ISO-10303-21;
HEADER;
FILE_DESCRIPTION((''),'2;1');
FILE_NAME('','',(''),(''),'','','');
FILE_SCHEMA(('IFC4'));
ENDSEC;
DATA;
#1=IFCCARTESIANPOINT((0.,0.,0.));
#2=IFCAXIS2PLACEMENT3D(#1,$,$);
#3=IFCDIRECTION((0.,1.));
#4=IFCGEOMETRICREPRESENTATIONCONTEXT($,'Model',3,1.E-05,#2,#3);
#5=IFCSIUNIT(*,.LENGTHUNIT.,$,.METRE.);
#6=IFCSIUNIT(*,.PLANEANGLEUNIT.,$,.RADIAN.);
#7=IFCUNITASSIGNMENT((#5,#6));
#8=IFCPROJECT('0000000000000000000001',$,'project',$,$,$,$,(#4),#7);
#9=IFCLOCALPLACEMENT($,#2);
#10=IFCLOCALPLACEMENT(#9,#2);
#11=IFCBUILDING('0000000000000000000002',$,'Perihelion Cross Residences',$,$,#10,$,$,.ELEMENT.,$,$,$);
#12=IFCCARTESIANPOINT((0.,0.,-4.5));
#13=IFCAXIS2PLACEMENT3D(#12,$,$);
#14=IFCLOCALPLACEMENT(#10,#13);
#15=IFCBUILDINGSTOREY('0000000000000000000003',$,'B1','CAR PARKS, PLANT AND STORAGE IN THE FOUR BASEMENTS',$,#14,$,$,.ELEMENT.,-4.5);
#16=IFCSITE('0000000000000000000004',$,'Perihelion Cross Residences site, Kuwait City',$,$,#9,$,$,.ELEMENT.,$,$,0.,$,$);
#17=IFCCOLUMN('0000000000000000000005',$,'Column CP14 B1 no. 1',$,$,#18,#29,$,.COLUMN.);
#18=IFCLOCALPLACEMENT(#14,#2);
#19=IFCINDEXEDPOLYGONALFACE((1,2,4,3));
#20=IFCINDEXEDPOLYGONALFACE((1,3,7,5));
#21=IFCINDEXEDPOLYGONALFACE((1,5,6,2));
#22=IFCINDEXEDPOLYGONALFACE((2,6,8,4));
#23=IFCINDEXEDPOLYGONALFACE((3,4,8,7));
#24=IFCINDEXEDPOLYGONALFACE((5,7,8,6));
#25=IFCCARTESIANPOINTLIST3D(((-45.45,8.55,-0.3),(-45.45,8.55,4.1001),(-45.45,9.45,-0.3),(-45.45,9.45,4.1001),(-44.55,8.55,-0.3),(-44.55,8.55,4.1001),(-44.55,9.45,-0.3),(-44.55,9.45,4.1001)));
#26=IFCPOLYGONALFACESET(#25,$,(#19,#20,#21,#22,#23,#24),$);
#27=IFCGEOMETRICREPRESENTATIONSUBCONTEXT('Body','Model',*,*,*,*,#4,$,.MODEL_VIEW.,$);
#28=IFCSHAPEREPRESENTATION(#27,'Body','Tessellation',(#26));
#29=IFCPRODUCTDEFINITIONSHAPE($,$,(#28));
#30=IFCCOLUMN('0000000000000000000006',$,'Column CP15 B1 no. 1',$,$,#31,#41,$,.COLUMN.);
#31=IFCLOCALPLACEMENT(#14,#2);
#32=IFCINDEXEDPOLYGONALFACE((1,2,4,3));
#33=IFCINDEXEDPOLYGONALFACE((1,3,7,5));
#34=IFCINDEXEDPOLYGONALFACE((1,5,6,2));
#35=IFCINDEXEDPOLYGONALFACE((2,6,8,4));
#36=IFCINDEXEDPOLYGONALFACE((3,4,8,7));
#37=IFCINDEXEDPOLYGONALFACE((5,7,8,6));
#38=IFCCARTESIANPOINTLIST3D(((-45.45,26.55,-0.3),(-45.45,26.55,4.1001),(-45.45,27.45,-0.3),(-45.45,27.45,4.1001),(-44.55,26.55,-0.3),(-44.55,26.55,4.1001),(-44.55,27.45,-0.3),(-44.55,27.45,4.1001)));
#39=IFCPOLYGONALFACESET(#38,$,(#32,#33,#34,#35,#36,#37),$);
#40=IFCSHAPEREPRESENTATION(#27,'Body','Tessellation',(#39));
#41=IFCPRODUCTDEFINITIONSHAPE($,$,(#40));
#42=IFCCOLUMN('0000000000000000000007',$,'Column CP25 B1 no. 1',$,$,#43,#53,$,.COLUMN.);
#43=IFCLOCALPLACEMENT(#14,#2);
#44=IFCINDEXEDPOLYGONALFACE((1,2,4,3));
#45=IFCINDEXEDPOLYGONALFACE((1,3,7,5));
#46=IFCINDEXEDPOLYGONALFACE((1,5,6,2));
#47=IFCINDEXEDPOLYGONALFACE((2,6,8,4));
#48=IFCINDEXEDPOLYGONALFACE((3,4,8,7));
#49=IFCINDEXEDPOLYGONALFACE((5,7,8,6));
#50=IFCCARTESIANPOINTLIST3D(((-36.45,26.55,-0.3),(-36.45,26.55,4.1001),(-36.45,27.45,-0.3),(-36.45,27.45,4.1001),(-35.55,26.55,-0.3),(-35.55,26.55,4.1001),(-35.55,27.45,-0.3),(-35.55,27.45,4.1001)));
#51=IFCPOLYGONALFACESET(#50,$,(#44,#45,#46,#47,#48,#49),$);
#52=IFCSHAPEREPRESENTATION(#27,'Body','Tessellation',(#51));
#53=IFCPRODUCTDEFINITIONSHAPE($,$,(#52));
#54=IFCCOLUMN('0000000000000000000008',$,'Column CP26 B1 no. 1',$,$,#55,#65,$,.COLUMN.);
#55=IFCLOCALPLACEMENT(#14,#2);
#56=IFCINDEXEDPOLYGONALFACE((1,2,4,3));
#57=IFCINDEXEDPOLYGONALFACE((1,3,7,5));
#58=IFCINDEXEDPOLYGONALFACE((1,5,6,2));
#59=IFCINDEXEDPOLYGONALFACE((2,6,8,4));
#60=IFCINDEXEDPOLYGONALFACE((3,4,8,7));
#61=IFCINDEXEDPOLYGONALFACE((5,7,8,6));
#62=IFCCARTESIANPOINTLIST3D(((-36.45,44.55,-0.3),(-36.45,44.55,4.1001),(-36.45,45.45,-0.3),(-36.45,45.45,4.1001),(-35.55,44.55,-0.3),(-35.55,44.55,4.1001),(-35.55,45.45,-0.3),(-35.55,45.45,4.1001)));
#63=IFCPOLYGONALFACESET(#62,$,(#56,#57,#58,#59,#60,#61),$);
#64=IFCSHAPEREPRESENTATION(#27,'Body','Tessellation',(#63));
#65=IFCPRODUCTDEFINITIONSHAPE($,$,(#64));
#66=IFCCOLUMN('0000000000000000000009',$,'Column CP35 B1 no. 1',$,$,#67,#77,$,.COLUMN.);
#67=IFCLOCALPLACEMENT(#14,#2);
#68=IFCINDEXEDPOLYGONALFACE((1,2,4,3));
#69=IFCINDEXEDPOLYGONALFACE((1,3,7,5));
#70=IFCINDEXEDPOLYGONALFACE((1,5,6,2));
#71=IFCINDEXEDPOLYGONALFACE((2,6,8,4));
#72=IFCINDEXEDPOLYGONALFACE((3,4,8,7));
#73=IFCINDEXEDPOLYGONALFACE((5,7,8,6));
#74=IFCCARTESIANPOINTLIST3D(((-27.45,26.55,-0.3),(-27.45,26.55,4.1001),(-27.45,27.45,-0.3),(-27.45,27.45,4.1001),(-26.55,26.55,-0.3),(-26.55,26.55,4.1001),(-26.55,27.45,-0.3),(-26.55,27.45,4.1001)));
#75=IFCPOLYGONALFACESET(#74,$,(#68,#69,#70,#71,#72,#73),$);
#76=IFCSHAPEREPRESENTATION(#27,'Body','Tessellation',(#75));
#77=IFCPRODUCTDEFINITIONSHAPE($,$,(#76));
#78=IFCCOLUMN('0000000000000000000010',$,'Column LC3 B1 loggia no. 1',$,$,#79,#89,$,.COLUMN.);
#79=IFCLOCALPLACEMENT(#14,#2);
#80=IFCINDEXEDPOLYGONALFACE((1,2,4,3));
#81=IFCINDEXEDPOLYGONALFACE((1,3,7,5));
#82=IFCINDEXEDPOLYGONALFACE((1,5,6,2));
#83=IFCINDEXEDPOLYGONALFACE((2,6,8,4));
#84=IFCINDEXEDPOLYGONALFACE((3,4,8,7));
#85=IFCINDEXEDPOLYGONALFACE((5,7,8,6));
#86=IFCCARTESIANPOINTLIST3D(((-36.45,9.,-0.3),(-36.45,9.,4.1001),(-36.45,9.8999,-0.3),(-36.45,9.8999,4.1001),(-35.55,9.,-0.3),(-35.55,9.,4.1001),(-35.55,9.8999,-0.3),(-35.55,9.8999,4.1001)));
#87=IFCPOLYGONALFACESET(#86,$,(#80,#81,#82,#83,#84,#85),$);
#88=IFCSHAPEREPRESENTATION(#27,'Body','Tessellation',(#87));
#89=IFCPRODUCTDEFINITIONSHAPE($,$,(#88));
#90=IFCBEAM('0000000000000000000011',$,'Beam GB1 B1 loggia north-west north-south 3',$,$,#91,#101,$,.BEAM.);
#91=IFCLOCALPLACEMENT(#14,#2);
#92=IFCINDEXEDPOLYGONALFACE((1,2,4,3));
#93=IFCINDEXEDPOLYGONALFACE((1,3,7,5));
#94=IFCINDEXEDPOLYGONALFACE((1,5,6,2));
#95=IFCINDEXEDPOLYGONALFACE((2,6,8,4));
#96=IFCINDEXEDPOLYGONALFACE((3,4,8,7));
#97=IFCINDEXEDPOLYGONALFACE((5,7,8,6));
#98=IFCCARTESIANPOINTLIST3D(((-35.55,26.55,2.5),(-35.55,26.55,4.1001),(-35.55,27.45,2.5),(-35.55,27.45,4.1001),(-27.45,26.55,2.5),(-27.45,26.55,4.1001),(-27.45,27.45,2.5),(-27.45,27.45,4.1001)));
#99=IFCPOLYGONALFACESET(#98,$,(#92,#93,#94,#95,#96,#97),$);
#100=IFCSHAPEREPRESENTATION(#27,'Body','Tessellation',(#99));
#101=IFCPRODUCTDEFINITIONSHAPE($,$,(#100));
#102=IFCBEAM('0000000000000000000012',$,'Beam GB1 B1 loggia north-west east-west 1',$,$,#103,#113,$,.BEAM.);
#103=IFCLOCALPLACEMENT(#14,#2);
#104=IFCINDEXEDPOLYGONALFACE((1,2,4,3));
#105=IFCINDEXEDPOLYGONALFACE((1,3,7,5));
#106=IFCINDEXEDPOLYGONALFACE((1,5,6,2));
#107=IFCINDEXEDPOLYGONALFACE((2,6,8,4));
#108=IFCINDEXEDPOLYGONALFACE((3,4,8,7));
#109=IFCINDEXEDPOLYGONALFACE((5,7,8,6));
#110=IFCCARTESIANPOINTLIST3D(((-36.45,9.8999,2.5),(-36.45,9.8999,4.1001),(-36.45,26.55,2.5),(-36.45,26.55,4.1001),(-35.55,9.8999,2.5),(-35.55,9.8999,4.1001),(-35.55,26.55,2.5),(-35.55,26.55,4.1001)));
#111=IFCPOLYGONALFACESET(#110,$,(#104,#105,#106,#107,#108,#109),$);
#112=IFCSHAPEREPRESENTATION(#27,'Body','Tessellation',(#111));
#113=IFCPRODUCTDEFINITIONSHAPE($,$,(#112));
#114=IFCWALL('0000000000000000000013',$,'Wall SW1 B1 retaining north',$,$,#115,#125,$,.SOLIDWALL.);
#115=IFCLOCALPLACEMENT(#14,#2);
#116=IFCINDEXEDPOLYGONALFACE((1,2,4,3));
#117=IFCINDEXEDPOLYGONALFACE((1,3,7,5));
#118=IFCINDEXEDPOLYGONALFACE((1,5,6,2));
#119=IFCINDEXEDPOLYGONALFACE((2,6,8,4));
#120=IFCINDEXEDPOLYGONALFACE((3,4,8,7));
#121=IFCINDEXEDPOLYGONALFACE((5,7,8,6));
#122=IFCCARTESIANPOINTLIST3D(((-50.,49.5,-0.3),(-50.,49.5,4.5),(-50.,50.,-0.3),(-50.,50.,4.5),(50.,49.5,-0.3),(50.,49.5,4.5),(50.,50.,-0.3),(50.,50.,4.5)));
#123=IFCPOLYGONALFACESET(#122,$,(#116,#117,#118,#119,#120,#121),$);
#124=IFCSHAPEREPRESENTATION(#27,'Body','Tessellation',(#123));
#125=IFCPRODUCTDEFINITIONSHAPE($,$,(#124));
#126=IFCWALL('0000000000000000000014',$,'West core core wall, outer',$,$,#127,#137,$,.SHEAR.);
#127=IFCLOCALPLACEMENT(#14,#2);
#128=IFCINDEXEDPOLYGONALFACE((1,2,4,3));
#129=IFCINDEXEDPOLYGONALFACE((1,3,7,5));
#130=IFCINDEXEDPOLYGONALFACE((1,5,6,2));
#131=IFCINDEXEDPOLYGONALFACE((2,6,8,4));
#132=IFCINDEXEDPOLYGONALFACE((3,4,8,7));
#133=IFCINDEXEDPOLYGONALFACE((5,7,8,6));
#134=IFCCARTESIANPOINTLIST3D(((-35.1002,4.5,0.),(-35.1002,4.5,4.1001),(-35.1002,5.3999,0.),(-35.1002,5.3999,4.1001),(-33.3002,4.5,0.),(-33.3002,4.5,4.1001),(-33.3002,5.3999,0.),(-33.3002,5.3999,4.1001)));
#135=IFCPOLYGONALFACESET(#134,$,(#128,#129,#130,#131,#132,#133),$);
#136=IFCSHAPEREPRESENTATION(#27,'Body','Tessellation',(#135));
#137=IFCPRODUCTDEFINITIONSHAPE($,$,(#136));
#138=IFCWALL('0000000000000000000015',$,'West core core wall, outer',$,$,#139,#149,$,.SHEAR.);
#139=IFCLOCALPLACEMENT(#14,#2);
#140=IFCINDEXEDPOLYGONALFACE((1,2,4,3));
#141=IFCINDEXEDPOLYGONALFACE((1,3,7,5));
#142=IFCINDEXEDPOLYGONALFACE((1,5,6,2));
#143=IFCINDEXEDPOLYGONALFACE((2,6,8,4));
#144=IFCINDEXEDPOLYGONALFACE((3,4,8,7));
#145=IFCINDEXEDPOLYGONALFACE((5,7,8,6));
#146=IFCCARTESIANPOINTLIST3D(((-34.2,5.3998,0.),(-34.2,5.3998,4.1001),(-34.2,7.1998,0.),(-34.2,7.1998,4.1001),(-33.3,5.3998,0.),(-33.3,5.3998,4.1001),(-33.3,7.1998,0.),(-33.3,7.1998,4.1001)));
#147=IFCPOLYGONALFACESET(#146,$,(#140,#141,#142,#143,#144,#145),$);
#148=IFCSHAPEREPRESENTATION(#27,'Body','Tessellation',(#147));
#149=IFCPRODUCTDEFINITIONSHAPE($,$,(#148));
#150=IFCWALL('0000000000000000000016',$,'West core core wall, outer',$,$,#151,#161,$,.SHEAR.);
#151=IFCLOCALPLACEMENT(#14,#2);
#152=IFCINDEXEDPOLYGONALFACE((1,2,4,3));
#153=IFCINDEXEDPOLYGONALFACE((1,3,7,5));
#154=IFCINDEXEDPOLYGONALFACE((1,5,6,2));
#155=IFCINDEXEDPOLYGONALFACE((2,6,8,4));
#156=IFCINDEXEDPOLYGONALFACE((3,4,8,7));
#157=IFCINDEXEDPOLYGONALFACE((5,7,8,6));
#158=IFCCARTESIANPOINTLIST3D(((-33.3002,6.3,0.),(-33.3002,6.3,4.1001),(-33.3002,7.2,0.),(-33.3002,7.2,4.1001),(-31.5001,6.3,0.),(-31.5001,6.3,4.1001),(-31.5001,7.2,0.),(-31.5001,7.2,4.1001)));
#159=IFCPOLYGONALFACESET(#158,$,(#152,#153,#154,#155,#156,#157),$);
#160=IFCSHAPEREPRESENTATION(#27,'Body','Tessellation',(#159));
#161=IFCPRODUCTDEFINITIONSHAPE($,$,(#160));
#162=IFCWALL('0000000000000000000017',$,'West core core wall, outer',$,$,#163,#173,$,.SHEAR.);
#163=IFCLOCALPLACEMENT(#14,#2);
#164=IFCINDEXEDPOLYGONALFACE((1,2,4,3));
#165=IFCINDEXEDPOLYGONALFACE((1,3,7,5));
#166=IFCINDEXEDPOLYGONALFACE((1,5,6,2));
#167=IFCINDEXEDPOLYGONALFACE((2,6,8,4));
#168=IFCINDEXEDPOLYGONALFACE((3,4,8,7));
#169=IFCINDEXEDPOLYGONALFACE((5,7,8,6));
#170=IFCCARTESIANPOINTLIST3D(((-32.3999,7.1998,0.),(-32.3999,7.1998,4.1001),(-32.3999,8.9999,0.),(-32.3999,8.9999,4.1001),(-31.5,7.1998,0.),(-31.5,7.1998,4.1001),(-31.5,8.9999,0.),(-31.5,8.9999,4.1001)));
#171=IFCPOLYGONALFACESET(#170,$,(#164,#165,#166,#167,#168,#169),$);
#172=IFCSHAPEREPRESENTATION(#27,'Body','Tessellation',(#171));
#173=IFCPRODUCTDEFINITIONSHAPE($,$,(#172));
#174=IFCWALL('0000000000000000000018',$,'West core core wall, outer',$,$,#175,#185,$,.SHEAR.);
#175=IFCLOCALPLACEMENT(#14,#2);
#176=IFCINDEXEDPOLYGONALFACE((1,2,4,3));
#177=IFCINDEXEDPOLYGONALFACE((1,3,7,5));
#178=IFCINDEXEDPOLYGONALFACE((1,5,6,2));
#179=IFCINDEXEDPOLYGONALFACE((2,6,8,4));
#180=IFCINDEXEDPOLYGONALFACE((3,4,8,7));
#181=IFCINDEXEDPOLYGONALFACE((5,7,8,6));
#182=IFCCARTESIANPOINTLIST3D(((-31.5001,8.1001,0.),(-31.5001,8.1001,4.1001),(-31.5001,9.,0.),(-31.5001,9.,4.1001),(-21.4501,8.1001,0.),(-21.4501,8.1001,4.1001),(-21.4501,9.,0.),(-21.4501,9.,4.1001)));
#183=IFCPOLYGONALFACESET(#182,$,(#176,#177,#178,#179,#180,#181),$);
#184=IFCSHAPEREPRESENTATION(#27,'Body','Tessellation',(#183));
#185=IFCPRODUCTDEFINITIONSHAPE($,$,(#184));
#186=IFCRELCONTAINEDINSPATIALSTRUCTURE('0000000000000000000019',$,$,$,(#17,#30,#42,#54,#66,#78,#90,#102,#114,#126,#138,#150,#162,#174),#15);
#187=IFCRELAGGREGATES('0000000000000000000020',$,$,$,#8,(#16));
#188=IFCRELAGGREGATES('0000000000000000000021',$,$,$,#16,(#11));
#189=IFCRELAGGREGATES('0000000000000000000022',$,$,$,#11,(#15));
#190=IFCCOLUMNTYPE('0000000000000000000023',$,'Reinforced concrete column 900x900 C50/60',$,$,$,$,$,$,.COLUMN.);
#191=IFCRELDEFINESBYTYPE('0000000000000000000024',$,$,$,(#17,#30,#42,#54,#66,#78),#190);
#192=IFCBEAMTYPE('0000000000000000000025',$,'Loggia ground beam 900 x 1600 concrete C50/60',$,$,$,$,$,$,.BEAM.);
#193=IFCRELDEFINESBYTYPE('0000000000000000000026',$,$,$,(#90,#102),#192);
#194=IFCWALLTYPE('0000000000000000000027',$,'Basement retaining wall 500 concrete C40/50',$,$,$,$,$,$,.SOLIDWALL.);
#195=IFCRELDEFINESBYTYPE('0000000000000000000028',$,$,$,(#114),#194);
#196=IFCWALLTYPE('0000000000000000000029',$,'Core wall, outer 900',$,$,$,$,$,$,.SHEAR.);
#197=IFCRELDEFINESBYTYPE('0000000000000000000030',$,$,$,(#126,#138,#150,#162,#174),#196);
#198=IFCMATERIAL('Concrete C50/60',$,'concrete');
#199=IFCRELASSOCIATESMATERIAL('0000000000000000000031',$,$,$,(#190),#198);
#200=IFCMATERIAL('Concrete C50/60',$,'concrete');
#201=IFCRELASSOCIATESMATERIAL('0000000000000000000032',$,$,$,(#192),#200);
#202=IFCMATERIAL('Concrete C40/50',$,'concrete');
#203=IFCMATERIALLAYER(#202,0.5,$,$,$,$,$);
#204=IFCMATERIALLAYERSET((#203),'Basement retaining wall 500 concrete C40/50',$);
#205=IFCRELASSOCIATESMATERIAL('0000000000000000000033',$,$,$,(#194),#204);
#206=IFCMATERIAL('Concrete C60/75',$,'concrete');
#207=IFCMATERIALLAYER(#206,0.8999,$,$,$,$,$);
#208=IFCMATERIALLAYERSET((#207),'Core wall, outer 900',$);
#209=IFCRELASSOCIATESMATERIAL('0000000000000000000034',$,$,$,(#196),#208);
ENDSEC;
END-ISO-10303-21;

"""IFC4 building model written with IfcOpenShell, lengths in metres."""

from ifc_helpers import new_model, si_unit, direction, frame, frame_2d, origin, origin_2d, place, context, subcontext, project, spatial, rectangle, extrude, material, layer, layer_set, material_profile, profile_set, type_object, element, save


model = new_model("IFC4")

# Units and contexts
model_context = context("Model", 3, precision=1e-05, world=origin(), true_north=direction((0.0, 1.0)))
body_context = subcontext(model_context, "Body", "Model", "MODEL_VIEW")
ifc_project = project(units=[si_unit("LENGTHUNIT", "METRE"), si_unit("PLANEANGLEUNIT", "RADIAN")], contexts=[model_context])

# Site, building, storey
site_placement = place(None, origin())
site = spatial("IfcSite", under=ifc_project, at=site_placement, Name="Perihelion Cross Residences site, Kuwait City", CompositionType="ELEMENT", RefElevation=0.0)
building_placement = place(site_placement, origin())
building = spatial("IfcBuilding", under=site, at=building_placement, Name="Perihelion Cross Residences", CompositionType="ELEMENT")
storey_placement = place(building_placement, frame((0.0, 0.0, -4.5)))
storey = spatial("IfcBuildingStorey", under=building, at=storey_placement, Name="B1", Description="CAR PARKS, PLANT AND STORAGE IN THE FOUR BASEMENTS", CompositionType="ELEMENT", Elevation=-4.5)

# Columns
ifc_material_1 = material(Name="Concrete C50/60", Category="concrete")
ifc_material_profile_1 = material_profile(ifc_material_1, rectangle(XDim=0.8999, YDim=0.8999, at=origin_2d()), Name="RC 900x900")
ifc_profile_set_1 = profile_set([ifc_material_profile_1], Name="Concrete C50/60")
column_type = type_object("IfcColumnType", Name="Reinforced concrete column 900x900 C50/60", PredefinedType="COLUMN", material=ifc_profile_set_1)
for number, where, z_axis, x_axis, name in (
    (1, (-45.0, 9.0, -0.3), (0.0, 0.0, 1.0), (1.0, 0.0, 0.0), "Column CP14 B1 no. 1"),
    (2, (-45.0, 27.0, -0.3), (0.0, 0.0, 1.0), (1.0, 0.0, 0.0), "Column CP15 B1 no. 1"),
    (3, (-36.0, 27.0, -0.3), (0.0, 0.0, 1.0), (1.0, 0.0, 0.0), "Column CP25 B1 no. 1"),
    (4, (-36.0, 45.0, -0.3), (0.0, 0.0, 1.0), (1.0, 0.0, 0.0), "Column CP26 B1 no. 1"),
    (5, (-27.0, 27.0, -0.3), (0.0, 0.0, 1.0), (1.0, 0.0, 0.0), "Column CP35 B1 no. 1"),
    (6, (-36.0, 9.45, -0.3), (0.0, 0.0, 1.0), (1.0, 0.0, 0.0), "Column LC3 B1 loggia no. 1"),
):
    element("IfcColumn", number, at=place(storey_placement, frame(where, z_axis=z_axis, x_axis=x_axis)), inside=storey, type_object=column_type, Name=name, PredefinedType="COLUMN", context=body_context, shape_type="SweptSolid", body=[
        extrude(rectangle(XDim=0.8999, YDim=0.8999, at=origin_2d()), origin(), (0.0, 0.0, 1.0), 4.4001),
    ])

# Beams
ifc_material_2 = material(Name="Concrete C50/60", Category="concrete")
ifc_material_profile_2 = material_profile(ifc_material_2, rectangle(XDim=0.8999, YDim=1.6001, at=origin_2d()), Name="RC 900x1600")
ifc_profile_set_2 = profile_set([ifc_material_profile_2], Name="Concrete C50/60")
beam_type = type_object("IfcBeamType", Name="Loggia ground beam 900 x 1600 concrete C50/60", PredefinedType="BEAM", material=ifc_profile_set_2)
beam_1_placement = place(storey_placement, frame((-27.45, 27.0, 3.3), z_axis=(-1.0, 0.0, 0.0), x_axis=(0.0, -1.0, 0.0)))
element("IfcBeam", 7, at=beam_1_placement, inside=storey, type_object=beam_type, Name="Beam GB1 B1 loggia north-west north-south 3", PredefinedType="BEAM", context=body_context, shape_type="SweptSolid", body=[
    extrude(rectangle(XDim=0.8999, YDim=1.6001, at=origin_2d()), origin(), (0.0, 0.0, 1.0), 8.1001),
])
beam_2_placement = place(storey_placement, frame((-36.0, 9.8999, 3.3), z_axis=(0.0, 1.0, 0.0), x_axis=(-1.0, 0.0, 0.0)))
element("IfcBeam", 8, at=beam_2_placement, inside=storey, type_object=beam_type, Name="Beam GB1 B1 loggia north-west east-west 1", PredefinedType="BEAM", context=body_context, shape_type="SweptSolid", body=[
    extrude(rectangle(XDim=0.8999, YDim=1.6001, at=origin_2d()), origin(), (0.0, 0.0, 1.0), 16.6501),
])

# Walls
ifc_material_3 = material(Name="Concrete C40/50", Category="concrete")
ifc_layer_1 = layer(ifc_material_3, 0.5)
ifc_layer_set_1 = layer_set([ifc_layer_1], Name="Basement retaining wall 500 concrete C40/50")
wall_type_1 = type_object("IfcWallType", Name="Basement retaining wall 500 concrete C40/50", PredefinedType="SOLIDWALL", material=ifc_layer_set_1)
wall_1_placement = place(storey_placement, frame((-50.0, 49.75, -0.3), z_axis=(0.0, 0.0, 1.0), x_axis=(1.0, 0.0, 0.0)))
element("IfcWall", 9, at=wall_1_placement, inside=storey, type_object=wall_type_1, Name="Wall SW1 B1 retaining north", PredefinedType="SOLIDWALL", context=body_context, shape_type="SweptSolid", body=[
    extrude(rectangle(XDim=100.0, YDim=0.5, at=frame_2d((50.0, 0.0))), origin(), (0.0, 0.0, 1.0), 4.8),
])
ifc_material_4 = material(Name="Concrete C60/75", Category="concrete")
ifc_layer_2 = layer(ifc_material_4, 0.8999)
ifc_layer_set_2 = layer_set([ifc_layer_2], Name="Core wall, outer 900")
wall_type_2 = type_object("IfcWallType", Name="Core wall, outer 900", PredefinedType="SHEAR", material=ifc_layer_set_2)
for number, where, z_axis, x_axis, name in (
    (10, (-35.1001, 4.95, 0.0), (0.0, 0.0, 1.0), (1.0, 0.0, 0.0), "West core core wall, outer"),
    (11, (-33.75, 5.3999, 0.0), (0.0, 0.0, 1.0), (0.0, 1.0, 0.0), "West core core wall, outer"),
    (12, (-33.3, 6.75, 0.0), (0.0, 0.0, 1.0), (1.0, 0.0, 0.0), "West core core wall, outer"),
    (13, (-31.95, 7.2, 0.0), (0.0, 0.0, 1.0), (0.0, 1.0, 0.0), "West core core wall, outer"),
):
    element("IfcWall", number, at=place(storey_placement, frame(where, z_axis=z_axis, x_axis=x_axis)), inside=storey, type_object=wall_type_2, Name=name, PredefinedType="SHEAR", context=body_context, shape_type="SweptSolid", body=[
        extrude(rectangle(XDim=1.8, YDim=0.8999, at=frame_2d((0.8999, 0.0))), origin(), (0.0, 0.0, 1.0), 4.1001),
    ])
wall_2_placement = place(storey_placement, frame((-31.5, 8.55, 0.0), z_axis=(0.0, 0.0, 1.0), x_axis=(1.0, 0.0, 0.0)))
element("IfcWall", 14, at=wall_2_placement, inside=storey, type_object=wall_type_2, Name="West core core wall, outer", PredefinedType="SHEAR", context=body_context, shape_type="SweptSolid", body=[
    extrude(rectangle(XDim=10.05, YDim=0.8999, at=frame_2d((5.0249, 0.0))), origin(), (0.0, 0.0, 1.0), 4.1001),
])

save(model, "model.ifc")
